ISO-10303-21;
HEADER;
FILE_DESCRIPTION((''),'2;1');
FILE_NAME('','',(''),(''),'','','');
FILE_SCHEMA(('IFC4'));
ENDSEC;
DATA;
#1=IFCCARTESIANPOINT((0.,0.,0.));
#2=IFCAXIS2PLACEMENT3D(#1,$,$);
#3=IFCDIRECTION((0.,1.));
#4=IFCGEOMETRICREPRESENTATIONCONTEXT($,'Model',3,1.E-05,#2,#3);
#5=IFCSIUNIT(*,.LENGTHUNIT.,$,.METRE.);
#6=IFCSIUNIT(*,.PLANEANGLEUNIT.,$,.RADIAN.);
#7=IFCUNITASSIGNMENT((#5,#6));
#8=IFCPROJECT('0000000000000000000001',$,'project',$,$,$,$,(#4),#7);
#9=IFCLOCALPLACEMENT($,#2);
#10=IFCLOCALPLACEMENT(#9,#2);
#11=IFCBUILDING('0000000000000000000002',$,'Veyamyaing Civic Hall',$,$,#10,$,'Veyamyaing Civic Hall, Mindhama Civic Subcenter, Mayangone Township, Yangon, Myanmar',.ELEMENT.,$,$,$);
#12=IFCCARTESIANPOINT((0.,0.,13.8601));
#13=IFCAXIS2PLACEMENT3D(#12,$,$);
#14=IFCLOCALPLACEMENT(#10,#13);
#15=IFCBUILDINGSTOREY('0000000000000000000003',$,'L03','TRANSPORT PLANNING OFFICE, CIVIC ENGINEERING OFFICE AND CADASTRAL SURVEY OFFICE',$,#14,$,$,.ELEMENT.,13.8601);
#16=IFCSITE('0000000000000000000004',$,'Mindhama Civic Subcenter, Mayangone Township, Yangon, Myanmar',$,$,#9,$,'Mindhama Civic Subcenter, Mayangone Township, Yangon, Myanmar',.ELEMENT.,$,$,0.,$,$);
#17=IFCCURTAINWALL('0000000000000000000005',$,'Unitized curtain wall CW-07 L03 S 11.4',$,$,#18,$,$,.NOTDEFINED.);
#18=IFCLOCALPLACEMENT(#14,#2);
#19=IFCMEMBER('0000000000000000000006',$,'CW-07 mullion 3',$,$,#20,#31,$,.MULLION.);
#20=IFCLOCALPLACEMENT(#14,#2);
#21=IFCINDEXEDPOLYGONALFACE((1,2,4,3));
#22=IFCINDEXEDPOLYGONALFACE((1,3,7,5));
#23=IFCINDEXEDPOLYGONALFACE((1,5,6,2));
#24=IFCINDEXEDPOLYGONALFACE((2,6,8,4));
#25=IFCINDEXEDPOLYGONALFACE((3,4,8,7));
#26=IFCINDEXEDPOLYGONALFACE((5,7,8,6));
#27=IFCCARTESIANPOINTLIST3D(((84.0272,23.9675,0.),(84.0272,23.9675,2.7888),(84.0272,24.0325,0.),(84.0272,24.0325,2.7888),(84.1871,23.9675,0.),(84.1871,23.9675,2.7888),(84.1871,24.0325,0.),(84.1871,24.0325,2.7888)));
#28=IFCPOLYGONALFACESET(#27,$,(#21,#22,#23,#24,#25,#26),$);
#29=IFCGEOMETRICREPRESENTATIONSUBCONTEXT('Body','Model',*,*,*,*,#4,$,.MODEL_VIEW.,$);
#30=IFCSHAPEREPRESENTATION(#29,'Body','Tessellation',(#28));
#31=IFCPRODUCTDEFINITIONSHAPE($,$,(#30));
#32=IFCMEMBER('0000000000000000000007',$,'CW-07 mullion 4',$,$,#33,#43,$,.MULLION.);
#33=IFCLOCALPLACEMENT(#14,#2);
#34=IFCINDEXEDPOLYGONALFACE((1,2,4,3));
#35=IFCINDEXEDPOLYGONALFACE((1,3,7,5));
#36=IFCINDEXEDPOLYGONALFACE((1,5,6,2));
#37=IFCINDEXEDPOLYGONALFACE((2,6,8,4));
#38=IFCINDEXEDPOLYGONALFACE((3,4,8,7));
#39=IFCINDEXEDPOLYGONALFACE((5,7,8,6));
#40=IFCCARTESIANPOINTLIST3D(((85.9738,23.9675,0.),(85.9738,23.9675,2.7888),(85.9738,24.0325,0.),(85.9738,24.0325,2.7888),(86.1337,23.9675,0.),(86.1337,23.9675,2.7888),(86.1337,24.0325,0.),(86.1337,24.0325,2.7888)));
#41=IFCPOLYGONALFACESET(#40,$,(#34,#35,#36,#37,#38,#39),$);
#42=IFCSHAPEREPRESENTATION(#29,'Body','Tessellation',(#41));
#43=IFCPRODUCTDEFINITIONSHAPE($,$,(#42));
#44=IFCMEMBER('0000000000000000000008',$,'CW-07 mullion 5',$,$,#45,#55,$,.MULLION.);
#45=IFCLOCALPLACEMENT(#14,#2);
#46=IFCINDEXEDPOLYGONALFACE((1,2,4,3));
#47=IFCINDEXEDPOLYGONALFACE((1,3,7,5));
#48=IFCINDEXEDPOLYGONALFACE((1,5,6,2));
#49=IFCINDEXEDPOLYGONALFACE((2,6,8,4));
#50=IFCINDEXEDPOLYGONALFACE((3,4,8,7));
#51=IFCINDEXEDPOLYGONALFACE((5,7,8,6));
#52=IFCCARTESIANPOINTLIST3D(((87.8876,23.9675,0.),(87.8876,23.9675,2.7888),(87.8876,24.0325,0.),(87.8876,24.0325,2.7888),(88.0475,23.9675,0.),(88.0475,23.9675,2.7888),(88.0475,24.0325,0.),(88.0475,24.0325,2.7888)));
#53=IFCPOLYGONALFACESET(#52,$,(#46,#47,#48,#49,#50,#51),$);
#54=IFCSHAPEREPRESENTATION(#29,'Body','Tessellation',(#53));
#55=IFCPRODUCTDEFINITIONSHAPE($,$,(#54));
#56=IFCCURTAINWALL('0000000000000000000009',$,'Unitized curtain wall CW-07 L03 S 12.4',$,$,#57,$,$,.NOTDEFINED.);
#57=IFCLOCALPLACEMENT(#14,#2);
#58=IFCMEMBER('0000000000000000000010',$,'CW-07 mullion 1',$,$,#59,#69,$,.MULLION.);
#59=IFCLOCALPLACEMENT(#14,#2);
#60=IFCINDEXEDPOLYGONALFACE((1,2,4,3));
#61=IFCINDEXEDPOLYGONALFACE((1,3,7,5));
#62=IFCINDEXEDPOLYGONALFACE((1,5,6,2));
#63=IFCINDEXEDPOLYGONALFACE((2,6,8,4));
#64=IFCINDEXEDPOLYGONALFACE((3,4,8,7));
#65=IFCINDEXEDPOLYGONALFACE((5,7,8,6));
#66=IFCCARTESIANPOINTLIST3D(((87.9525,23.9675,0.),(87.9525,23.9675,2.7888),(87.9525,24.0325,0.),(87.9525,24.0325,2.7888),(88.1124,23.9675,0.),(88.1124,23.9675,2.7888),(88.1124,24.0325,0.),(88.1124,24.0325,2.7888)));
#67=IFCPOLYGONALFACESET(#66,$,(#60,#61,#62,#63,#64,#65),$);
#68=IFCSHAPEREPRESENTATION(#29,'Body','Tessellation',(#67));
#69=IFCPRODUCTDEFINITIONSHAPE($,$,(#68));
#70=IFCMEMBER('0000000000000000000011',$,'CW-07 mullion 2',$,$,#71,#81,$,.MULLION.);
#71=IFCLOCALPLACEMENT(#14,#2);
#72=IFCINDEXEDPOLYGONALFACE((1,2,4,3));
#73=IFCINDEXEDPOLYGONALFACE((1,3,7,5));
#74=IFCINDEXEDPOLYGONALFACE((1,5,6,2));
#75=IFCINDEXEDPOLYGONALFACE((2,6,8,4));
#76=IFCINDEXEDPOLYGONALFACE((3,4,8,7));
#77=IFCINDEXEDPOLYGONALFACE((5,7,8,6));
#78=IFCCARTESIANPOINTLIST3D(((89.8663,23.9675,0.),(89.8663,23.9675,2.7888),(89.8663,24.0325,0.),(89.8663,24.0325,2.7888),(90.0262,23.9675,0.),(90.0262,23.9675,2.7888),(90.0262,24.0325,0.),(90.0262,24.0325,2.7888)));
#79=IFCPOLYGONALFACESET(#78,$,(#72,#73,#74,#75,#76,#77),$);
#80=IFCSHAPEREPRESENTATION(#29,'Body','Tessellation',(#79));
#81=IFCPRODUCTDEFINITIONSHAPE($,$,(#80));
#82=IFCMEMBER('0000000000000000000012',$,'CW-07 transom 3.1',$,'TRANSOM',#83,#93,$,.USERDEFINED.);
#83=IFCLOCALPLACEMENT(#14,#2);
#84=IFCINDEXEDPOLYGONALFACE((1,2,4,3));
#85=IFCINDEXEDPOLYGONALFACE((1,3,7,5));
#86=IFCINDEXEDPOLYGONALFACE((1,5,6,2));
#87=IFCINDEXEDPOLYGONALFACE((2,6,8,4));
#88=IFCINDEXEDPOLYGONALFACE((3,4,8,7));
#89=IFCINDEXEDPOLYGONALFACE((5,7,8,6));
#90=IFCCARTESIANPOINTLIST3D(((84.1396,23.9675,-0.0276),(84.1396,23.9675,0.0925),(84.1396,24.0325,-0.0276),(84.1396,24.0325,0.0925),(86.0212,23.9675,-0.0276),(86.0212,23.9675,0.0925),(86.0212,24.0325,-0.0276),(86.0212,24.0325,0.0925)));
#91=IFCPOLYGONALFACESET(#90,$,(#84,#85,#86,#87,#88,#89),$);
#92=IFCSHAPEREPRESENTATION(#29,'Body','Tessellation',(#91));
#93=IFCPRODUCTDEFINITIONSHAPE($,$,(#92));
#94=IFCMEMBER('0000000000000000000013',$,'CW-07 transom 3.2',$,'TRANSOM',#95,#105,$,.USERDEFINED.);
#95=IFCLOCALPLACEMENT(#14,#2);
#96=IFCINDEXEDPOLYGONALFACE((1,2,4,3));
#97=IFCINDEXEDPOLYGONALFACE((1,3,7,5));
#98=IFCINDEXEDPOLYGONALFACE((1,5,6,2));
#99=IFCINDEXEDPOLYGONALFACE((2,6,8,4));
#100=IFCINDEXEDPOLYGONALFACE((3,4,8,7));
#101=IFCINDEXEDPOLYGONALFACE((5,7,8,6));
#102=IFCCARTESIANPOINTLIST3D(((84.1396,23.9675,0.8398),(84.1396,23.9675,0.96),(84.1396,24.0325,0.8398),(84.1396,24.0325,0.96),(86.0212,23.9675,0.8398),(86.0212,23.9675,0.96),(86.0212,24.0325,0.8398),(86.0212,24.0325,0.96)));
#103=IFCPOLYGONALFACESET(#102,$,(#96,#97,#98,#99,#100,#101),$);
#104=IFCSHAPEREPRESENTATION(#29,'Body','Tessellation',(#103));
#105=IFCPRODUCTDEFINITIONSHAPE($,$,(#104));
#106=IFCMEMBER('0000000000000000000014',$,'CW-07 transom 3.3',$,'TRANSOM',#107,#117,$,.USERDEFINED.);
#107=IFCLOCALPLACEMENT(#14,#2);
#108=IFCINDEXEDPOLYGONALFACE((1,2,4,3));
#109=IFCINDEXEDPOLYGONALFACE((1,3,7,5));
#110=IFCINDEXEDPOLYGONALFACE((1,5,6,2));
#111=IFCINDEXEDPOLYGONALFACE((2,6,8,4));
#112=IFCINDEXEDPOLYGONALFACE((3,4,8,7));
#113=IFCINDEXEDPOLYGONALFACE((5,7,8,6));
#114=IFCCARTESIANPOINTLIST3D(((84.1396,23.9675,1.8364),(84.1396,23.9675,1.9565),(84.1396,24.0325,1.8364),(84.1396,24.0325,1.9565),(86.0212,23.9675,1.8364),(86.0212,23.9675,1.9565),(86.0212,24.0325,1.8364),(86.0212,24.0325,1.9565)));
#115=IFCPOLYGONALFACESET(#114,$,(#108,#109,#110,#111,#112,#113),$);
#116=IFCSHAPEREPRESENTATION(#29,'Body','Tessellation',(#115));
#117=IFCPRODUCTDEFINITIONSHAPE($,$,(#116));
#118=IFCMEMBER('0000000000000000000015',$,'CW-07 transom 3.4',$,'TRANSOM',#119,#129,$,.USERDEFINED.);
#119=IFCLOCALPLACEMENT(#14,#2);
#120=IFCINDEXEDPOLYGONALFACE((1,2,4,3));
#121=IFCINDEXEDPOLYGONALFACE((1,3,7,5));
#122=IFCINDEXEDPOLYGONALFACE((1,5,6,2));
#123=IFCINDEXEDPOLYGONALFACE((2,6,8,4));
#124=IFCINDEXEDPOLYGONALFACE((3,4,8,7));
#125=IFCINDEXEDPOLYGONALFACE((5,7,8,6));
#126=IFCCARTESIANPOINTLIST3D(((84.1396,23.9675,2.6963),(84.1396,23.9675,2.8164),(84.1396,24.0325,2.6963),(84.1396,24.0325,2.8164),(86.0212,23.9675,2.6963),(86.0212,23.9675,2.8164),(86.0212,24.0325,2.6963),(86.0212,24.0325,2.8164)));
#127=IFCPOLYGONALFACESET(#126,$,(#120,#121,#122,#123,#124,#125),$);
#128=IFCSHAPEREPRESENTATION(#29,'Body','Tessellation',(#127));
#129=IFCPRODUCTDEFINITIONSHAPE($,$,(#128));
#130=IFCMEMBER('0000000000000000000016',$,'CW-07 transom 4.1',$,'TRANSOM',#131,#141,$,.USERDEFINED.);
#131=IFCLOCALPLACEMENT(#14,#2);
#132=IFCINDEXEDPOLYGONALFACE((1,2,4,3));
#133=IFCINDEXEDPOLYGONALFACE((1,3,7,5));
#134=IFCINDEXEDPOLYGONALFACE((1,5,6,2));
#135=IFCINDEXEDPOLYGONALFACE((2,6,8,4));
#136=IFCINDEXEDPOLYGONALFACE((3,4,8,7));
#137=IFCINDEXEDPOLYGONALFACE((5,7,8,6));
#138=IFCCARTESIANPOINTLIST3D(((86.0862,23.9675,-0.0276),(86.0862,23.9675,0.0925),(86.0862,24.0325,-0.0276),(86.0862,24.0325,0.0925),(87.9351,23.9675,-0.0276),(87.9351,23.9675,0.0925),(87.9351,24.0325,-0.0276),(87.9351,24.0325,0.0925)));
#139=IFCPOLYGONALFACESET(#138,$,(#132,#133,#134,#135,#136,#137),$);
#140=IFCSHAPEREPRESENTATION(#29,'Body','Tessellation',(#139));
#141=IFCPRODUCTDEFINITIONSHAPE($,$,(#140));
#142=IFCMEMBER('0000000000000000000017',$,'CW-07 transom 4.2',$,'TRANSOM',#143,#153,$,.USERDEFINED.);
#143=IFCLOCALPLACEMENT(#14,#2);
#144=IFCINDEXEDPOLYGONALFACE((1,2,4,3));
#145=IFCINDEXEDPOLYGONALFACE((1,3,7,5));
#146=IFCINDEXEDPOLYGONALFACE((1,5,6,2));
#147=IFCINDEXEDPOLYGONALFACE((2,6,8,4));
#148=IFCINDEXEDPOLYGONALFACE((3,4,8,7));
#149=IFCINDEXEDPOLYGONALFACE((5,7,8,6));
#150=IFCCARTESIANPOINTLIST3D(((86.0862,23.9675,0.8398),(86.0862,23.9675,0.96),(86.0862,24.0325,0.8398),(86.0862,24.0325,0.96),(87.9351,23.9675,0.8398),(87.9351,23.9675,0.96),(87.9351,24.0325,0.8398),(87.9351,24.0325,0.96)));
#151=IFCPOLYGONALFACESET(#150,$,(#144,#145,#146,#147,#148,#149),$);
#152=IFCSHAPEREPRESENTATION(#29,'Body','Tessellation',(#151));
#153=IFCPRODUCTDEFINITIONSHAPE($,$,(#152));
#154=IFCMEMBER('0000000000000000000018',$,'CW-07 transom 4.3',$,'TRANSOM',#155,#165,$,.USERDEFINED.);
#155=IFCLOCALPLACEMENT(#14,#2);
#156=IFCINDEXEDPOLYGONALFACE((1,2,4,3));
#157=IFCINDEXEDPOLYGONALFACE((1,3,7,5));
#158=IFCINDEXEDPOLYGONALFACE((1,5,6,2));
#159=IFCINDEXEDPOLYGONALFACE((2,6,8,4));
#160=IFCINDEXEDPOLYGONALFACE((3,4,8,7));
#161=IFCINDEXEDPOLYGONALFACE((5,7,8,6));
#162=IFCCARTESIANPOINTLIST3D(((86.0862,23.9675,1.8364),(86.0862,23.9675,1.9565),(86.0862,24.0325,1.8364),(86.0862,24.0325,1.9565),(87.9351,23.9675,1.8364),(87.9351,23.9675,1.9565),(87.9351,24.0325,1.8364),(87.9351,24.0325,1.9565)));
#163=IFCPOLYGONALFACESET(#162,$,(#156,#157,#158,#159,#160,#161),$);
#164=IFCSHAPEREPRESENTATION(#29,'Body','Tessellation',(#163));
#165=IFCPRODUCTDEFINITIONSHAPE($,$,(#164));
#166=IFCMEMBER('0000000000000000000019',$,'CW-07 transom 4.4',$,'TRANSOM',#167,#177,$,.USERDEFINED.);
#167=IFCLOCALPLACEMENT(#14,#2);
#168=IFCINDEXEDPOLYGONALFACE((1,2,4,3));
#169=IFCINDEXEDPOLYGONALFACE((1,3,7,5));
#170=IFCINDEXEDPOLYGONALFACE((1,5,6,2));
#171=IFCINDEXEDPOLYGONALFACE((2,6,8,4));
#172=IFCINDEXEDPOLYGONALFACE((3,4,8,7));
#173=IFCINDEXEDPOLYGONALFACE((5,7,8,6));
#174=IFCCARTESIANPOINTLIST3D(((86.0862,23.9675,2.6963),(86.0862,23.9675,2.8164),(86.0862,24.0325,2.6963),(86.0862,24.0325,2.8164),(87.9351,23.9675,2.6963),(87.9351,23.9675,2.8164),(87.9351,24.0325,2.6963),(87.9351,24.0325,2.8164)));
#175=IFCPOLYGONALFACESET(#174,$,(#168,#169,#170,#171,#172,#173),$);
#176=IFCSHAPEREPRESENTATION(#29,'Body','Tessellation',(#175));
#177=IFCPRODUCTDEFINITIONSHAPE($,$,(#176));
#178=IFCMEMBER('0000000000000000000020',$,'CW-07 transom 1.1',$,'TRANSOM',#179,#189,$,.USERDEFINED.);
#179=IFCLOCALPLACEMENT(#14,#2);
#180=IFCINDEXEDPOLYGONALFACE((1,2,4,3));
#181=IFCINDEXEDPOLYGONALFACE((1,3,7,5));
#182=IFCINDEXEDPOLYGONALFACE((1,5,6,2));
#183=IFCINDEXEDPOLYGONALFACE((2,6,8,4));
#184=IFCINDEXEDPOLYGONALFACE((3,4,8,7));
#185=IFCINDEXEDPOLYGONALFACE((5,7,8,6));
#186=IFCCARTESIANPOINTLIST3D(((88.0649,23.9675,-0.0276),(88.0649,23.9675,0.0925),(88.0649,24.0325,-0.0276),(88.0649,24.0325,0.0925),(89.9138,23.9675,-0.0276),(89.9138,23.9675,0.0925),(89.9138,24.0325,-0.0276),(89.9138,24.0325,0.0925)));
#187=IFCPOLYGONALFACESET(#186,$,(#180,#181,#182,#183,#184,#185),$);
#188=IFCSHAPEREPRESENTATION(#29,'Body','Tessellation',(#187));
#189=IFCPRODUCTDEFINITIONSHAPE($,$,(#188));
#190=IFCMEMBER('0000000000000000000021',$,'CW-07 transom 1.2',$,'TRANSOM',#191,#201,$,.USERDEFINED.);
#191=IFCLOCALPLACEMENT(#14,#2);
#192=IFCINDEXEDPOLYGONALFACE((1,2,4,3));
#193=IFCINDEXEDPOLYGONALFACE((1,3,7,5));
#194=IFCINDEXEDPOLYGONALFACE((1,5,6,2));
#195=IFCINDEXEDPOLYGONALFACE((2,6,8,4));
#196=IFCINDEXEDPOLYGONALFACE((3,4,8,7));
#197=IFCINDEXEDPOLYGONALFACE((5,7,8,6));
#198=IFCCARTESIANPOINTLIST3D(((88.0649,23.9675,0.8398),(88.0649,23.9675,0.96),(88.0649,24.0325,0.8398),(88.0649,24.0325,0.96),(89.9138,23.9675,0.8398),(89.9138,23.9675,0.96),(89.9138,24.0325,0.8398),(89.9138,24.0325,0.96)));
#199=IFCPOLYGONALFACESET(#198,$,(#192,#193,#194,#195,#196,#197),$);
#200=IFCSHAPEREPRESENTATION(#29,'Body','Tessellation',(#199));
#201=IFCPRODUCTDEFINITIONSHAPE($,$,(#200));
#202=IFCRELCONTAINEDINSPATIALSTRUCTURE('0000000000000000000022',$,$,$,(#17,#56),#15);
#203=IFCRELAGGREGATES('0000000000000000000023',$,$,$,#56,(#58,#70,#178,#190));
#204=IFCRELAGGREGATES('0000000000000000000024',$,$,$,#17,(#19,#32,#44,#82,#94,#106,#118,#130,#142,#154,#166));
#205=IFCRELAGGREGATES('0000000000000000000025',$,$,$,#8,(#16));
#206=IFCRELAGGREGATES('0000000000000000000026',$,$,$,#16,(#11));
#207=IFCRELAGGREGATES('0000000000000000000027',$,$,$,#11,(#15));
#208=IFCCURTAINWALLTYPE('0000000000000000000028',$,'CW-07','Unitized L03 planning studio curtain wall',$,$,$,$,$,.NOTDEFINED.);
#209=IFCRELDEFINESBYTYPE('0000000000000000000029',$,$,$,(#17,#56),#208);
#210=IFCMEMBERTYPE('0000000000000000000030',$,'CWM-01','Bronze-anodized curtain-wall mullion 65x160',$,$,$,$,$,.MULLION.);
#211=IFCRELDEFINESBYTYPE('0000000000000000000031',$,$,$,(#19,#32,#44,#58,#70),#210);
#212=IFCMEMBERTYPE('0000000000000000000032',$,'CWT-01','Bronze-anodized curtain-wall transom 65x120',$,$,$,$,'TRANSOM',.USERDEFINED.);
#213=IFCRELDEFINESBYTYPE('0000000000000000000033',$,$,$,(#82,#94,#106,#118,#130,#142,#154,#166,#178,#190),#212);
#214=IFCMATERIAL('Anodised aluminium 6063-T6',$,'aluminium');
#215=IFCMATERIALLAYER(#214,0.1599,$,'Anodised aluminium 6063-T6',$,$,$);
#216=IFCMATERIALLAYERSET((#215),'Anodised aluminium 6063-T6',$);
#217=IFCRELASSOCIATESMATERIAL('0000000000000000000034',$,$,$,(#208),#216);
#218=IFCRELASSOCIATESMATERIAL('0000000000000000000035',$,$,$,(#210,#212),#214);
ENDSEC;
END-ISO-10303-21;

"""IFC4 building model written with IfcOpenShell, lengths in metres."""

from ifc_helpers import new_model, si_unit, direction, frame, origin, origin_2d, place, context, subcontext, project, spatial, rectangle, extrude, material, layer, layer_set, material_profile, profile_set, type_object, element, aggregate, save


model = new_model("IFC4")

# Units and contexts
model_context = context("Model", 3, precision=1e-05, world=origin(), true_north=direction((0.0, 1.0)))
body_context = subcontext(model_context, "Body", "Model", "MODEL_VIEW")
ifc_project = project(units=[si_unit("LENGTHUNIT", "METRE"), si_unit("PLANEANGLEUNIT", "RADIAN")], contexts=[model_context])

# Site, building, storey
site_placement = place(None, origin())
site = spatial("IfcSite", under=ifc_project, at=site_placement, Name="Mindhama Civic Subcenter, Mayangone Township, Yangon, Myanmar", LongName="Mindhama Civic Subcenter, Mayangone Township, Yangon, Myanmar", CompositionType="ELEMENT", RefElevation=0.0)
building_placement = place(site_placement, origin())
building = spatial("IfcBuilding", under=site, at=building_placement, Name="Veyamyaing Civic Hall", LongName="Veyamyaing Civic Hall, Mindhama Civic Subcenter, Mayangone Township, Yangon, Myanmar", CompositionType="ELEMENT")
storey_placement = place(building_placement, frame((0.0, 0.0, 13.8601)))
storey = spatial("IfcBuildingStorey", under=building, at=storey_placement, Name="L03", Description="TRANSPORT PLANNING OFFICE, CIVIC ENGINEERING OFFICE AND CADASTRAL SURVEY OFFICE", CompositionType="ELEMENT", Elevation=13.8601)

# Curtain walls, members
ifc_material_1 = material(Name="Anodised aluminium 6063-T6", Category="aluminium")
ifc_layer_1 = layer(ifc_material_1, 0.1599, Name="Anodised aluminium 6063-T6")
ifc_layer_set_1 = layer_set([ifc_layer_1], Name="Anodised aluminium 6063-T6")
curtain_wall_type = type_object("IfcCurtainWallType", Name="CW-07", Description="Unitized L03 planning studio curtain wall", PredefinedType="NOTDEFINED", material=ifc_layer_set_1)
curtain_wall_1_placement = place(storey_placement, origin())
curtain_wall_1 = element("IfcCurtainWall", 1, at=curtain_wall_1_placement, inside=storey, type_object=curtain_wall_type, Name="Unitized curtain wall CW-07 L03 S 11.4", PredefinedType="NOTDEFINED")
ifc_material_profile_1 = material_profile(ifc_material_1, rectangle(XDim=0.0649, YDim=0.1599, at=origin_2d()), Name="ALU-MUL-65X160")
ifc_profile_set_1 = profile_set([ifc_material_profile_1], Name="Anodised aluminium 6063-T6")
member_type_1 = type_object("IfcMemberType", Name="CWM-01", Description="Bronze-anodized curtain-wall mullion 65x160", PredefinedType="MULLION", material=ifc_profile_set_1)
member_1_placement = place(storey_placement, frame((84.1072, 24.0, 0.0), z_axis=(0.0, 0.0, 1.0), x_axis=(0.0, 1.0, 0.0)))
member_1 = element("IfcMember", 2, at=member_1_placement, type_object=member_type_1, Name="CW-07 mullion 3", PredefinedType="MULLION", context=body_context, shape_type="SweptSolid", body=[
    extrude(rectangle(XDim=0.0649, YDim=0.1599, at=origin_2d()), origin(), (0.0, 0.0, 1.0), 2.7888),
])
member_2_placement = place(storey_placement, frame((86.0537, 24.0, 0.0), z_axis=(0.0, 0.0, 1.0), x_axis=(0.0, 1.0, 0.0)))
member_2 = element("IfcMember", 3, at=member_2_placement, type_object=member_type_1, Name="CW-07 mullion 4", PredefinedType="MULLION", context=body_context, shape_type="SweptSolid", body=[
    extrude(rectangle(XDim=0.0649, YDim=0.1599, at=origin_2d()), origin(), (0.0, 0.0, 1.0), 2.7888),
])
member_3_placement = place(storey_placement, frame((87.9675, 24.0, 0.0), z_axis=(0.0, 0.0, 1.0), x_axis=(0.0, 1.0, 0.0)))
member_3 = element("IfcMember", 4, at=member_3_placement, type_object=member_type_1, Name="CW-07 mullion 5", PredefinedType="MULLION", context=body_context, shape_type="SweptSolid", body=[
    extrude(rectangle(XDim=0.0649, YDim=0.1599, at=origin_2d()), origin(), (0.0, 0.0, 1.0), 2.7888),
])
curtain_wall_2_placement = place(storey_placement, origin())
curtain_wall_2 = element("IfcCurtainWall", 5, at=curtain_wall_2_placement, inside=storey, type_object=curtain_wall_type, Name="Unitized curtain wall CW-07 L03 S 12.4", PredefinedType="NOTDEFINED")
member_4_placement = place(storey_placement, frame((88.0325, 24.0, 0.0), z_axis=(0.0, 0.0, 1.0), x_axis=(0.0, 1.0, 0.0)))
member_4 = element("IfcMember", 6, at=member_4_placement, type_object=member_type_1, Name="CW-07 mullion 1", PredefinedType="MULLION", context=body_context, shape_type="SweptSolid", body=[
    extrude(rectangle(XDim=0.0649, YDim=0.1599, at=origin_2d()), origin(), (0.0, 0.0, 1.0), 2.7888),
])
member_5_placement = place(storey_placement, frame((89.9463, 24.0, 0.0), z_axis=(0.0, 0.0, 1.0), x_axis=(0.0, 1.0, 0.0)))
member_5 = element("IfcMember", 7, at=member_5_placement, type_object=member_type_1, Name="CW-07 mullion 2", PredefinedType="MULLION", context=body_context, shape_type="SweptSolid", body=[
    extrude(rectangle(XDim=0.0649, YDim=0.1599, at=origin_2d()), origin(), (0.0, 0.0, 1.0), 2.7888),
])

# Members
ifc_material_profile_2 = material_profile(ifc_material_1, rectangle(XDim=0.0649, YDim=0.1201, at=origin_2d()), Name="ALU-TRN-65X120")
ifc_profile_set_2 = profile_set([ifc_material_profile_2], Name="Anodised aluminium 6063-T6")
member_type_2 = type_object("IfcMemberType", Name="CWT-01", Description="Bronze-anodized curtain-wall transom 65x120", ElementType="TRANSOM", PredefinedType="USERDEFINED", material=ifc_profile_set_2)
member_6_placement = place(storey_placement, frame((84.1396, 24.0, 0.0325), z_axis=(1.0, 0.0, 0.0), x_axis=(0.0, 1.0, 0.0)))
member_6 = element("IfcMember", 8, at=member_6_placement, type_object=member_type_2, Name="CW-07 transom 3.1", ObjectType="TRANSOM", PredefinedType="USERDEFINED", context=body_context, shape_type="SweptSolid", body=[
    extrude(rectangle(XDim=0.0649, YDim=0.1201, at=origin_2d()), origin(), (0.0, 0.0, 1.0), 1.8816),
])
member_7_placement = place(storey_placement, frame((84.1396, 24.0, 0.8999), z_axis=(1.0, 0.0, 0.0), x_axis=(0.0, 1.0, 0.0)))
member_7 = element("IfcMember", 9, at=member_7_placement, type_object=member_type_2, Name="CW-07 transom 3.2", ObjectType="TRANSOM", PredefinedType="USERDEFINED", context=body_context, shape_type="SweptSolid", body=[
    extrude(rectangle(XDim=0.0649, YDim=0.1201, at=origin_2d()), origin(), (0.0, 0.0, 1.0), 1.8816),
])
member_8_placement = place(storey_placement, frame((84.1396, 24.0, 1.8965), z_axis=(1.0, 0.0, 0.0), x_axis=(0.0, 1.0, 0.0)))
member_8 = element("IfcMember", 10, at=member_8_placement, type_object=member_type_2, Name="CW-07 transom 3.3", ObjectType="TRANSOM", PredefinedType="USERDEFINED", context=body_context, shape_type="SweptSolid", body=[
    extrude(rectangle(XDim=0.0649, YDim=0.1201, at=origin_2d()), origin(), (0.0, 0.0, 1.0), 1.8816),
])
member_9_placement = place(storey_placement, frame((84.1396, 24.0, 2.7563), z_axis=(1.0, 0.0, 0.0), x_axis=(0.0, 1.0, 0.0)))
member_9 = element("IfcMember", 11, at=member_9_placement, type_object=member_type_2, Name="CW-07 transom 3.4", ObjectType="TRANSOM", PredefinedType="USERDEFINED", context=body_context, shape_type="SweptSolid", body=[
    extrude(rectangle(XDim=0.0649, YDim=0.1201, at=origin_2d()), origin(), (0.0, 0.0, 1.0), 1.8816),
])
member_10_placement = place(storey_placement, frame((86.0862, 24.0, 0.0325), z_axis=(1.0, 0.0, 0.0), x_axis=(0.0, 1.0, 0.0)))
member_10 = element("IfcMember", 12, at=member_10_placement, type_object=member_type_2, Name="CW-07 transom 4.1", ObjectType="TRANSOM", PredefinedType="USERDEFINED", context=body_context, shape_type="SweptSolid", body=[
    extrude(rectangle(XDim=0.0649, YDim=0.1201, at=origin_2d()), origin(), (0.0, 0.0, 1.0), 1.8489),
])
member_11_placement = place(storey_placement, frame((86.0862, 24.0, 0.8999), z_axis=(1.0, 0.0, 0.0), x_axis=(0.0, 1.0, 0.0)))
member_11 = element("IfcMember", 13, at=member_11_placement, type_object=member_type_2, Name="CW-07 transom 4.2", ObjectType="TRANSOM", PredefinedType="USERDEFINED", context=body_context, shape_type="SweptSolid", body=[
    extrude(rectangle(XDim=0.0649, YDim=0.1201, at=origin_2d()), origin(), (0.0, 0.0, 1.0), 1.8489),
])
member_12_placement = place(storey_placement, frame((86.0862, 24.0, 1.8965), z_axis=(1.0, 0.0, 0.0), x_axis=(0.0, 1.0, 0.0)))
member_12 = element("IfcMember", 14, at=member_12_placement, type_object=member_type_2, Name="CW-07 transom 4.3", ObjectType="TRANSOM", PredefinedType="USERDEFINED", context=body_context, shape_type="SweptSolid", body=[
    extrude(rectangle(XDim=0.0649, YDim=0.1201, at=origin_2d()), origin(), (0.0, 0.0, 1.0), 1.8489),
])
member_13_placement = place(storey_placement, frame((86.0862, 24.0, 2.7563), z_axis=(1.0, 0.0, 0.0), x_axis=(0.0, 1.0, 0.0)))
member_13 = element("IfcMember", 15, at=member_13_placement, type_object=member_type_2, Name="CW-07 transom 4.4", ObjectType="TRANSOM", PredefinedType="USERDEFINED", context=body_context, shape_type="SweptSolid", body=[
    extrude(rectangle(XDim=0.0649, YDim=0.1201, at=origin_2d()), origin(), (0.0, 0.0, 1.0), 1.8489),
])
member_14_placement = place(storey_placement, frame((88.0649, 24.0, 0.0325), z_axis=(1.0, 0.0, 0.0), x_axis=(0.0, 1.0, 0.0)))
member_14 = element("IfcMember", 16, at=member_14_placement, type_object=member_type_2, Name="CW-07 transom 1.1", ObjectType="TRANSOM", PredefinedType="USERDEFINED", context=body_context, shape_type="SweptSolid", body=[
    extrude(rectangle(XDim=0.0649, YDim=0.1201, at=origin_2d()), origin(), (0.0, 0.0, 1.0), 1.8489),
])
member_15_placement = place(storey_placement, frame((88.0649, 24.0, 0.8999), z_axis=(1.0, 0.0, 0.0), x_axis=(0.0, 1.0, 0.0)))
member_15 = element("IfcMember", 17, at=member_15_placement, type_object=member_type_2, Name="CW-07 transom 1.2", ObjectType="TRANSOM", PredefinedType="USERDEFINED", context=body_context, shape_type="SweptSolid", body=[
    extrude(rectangle(XDim=0.0649, YDim=0.1201, at=origin_2d()), origin(), (0.0, 0.0, 1.0), 1.8489),
])

aggregate(curtain_wall_2, [member_4, member_5, member_14, member_15])
aggregate(curtain_wall_1, [member_1, member_2, member_3, member_6, member_7, member_8, member_9, member_10, member_11, member_12, member_13])

save(model, "model.ifc")
